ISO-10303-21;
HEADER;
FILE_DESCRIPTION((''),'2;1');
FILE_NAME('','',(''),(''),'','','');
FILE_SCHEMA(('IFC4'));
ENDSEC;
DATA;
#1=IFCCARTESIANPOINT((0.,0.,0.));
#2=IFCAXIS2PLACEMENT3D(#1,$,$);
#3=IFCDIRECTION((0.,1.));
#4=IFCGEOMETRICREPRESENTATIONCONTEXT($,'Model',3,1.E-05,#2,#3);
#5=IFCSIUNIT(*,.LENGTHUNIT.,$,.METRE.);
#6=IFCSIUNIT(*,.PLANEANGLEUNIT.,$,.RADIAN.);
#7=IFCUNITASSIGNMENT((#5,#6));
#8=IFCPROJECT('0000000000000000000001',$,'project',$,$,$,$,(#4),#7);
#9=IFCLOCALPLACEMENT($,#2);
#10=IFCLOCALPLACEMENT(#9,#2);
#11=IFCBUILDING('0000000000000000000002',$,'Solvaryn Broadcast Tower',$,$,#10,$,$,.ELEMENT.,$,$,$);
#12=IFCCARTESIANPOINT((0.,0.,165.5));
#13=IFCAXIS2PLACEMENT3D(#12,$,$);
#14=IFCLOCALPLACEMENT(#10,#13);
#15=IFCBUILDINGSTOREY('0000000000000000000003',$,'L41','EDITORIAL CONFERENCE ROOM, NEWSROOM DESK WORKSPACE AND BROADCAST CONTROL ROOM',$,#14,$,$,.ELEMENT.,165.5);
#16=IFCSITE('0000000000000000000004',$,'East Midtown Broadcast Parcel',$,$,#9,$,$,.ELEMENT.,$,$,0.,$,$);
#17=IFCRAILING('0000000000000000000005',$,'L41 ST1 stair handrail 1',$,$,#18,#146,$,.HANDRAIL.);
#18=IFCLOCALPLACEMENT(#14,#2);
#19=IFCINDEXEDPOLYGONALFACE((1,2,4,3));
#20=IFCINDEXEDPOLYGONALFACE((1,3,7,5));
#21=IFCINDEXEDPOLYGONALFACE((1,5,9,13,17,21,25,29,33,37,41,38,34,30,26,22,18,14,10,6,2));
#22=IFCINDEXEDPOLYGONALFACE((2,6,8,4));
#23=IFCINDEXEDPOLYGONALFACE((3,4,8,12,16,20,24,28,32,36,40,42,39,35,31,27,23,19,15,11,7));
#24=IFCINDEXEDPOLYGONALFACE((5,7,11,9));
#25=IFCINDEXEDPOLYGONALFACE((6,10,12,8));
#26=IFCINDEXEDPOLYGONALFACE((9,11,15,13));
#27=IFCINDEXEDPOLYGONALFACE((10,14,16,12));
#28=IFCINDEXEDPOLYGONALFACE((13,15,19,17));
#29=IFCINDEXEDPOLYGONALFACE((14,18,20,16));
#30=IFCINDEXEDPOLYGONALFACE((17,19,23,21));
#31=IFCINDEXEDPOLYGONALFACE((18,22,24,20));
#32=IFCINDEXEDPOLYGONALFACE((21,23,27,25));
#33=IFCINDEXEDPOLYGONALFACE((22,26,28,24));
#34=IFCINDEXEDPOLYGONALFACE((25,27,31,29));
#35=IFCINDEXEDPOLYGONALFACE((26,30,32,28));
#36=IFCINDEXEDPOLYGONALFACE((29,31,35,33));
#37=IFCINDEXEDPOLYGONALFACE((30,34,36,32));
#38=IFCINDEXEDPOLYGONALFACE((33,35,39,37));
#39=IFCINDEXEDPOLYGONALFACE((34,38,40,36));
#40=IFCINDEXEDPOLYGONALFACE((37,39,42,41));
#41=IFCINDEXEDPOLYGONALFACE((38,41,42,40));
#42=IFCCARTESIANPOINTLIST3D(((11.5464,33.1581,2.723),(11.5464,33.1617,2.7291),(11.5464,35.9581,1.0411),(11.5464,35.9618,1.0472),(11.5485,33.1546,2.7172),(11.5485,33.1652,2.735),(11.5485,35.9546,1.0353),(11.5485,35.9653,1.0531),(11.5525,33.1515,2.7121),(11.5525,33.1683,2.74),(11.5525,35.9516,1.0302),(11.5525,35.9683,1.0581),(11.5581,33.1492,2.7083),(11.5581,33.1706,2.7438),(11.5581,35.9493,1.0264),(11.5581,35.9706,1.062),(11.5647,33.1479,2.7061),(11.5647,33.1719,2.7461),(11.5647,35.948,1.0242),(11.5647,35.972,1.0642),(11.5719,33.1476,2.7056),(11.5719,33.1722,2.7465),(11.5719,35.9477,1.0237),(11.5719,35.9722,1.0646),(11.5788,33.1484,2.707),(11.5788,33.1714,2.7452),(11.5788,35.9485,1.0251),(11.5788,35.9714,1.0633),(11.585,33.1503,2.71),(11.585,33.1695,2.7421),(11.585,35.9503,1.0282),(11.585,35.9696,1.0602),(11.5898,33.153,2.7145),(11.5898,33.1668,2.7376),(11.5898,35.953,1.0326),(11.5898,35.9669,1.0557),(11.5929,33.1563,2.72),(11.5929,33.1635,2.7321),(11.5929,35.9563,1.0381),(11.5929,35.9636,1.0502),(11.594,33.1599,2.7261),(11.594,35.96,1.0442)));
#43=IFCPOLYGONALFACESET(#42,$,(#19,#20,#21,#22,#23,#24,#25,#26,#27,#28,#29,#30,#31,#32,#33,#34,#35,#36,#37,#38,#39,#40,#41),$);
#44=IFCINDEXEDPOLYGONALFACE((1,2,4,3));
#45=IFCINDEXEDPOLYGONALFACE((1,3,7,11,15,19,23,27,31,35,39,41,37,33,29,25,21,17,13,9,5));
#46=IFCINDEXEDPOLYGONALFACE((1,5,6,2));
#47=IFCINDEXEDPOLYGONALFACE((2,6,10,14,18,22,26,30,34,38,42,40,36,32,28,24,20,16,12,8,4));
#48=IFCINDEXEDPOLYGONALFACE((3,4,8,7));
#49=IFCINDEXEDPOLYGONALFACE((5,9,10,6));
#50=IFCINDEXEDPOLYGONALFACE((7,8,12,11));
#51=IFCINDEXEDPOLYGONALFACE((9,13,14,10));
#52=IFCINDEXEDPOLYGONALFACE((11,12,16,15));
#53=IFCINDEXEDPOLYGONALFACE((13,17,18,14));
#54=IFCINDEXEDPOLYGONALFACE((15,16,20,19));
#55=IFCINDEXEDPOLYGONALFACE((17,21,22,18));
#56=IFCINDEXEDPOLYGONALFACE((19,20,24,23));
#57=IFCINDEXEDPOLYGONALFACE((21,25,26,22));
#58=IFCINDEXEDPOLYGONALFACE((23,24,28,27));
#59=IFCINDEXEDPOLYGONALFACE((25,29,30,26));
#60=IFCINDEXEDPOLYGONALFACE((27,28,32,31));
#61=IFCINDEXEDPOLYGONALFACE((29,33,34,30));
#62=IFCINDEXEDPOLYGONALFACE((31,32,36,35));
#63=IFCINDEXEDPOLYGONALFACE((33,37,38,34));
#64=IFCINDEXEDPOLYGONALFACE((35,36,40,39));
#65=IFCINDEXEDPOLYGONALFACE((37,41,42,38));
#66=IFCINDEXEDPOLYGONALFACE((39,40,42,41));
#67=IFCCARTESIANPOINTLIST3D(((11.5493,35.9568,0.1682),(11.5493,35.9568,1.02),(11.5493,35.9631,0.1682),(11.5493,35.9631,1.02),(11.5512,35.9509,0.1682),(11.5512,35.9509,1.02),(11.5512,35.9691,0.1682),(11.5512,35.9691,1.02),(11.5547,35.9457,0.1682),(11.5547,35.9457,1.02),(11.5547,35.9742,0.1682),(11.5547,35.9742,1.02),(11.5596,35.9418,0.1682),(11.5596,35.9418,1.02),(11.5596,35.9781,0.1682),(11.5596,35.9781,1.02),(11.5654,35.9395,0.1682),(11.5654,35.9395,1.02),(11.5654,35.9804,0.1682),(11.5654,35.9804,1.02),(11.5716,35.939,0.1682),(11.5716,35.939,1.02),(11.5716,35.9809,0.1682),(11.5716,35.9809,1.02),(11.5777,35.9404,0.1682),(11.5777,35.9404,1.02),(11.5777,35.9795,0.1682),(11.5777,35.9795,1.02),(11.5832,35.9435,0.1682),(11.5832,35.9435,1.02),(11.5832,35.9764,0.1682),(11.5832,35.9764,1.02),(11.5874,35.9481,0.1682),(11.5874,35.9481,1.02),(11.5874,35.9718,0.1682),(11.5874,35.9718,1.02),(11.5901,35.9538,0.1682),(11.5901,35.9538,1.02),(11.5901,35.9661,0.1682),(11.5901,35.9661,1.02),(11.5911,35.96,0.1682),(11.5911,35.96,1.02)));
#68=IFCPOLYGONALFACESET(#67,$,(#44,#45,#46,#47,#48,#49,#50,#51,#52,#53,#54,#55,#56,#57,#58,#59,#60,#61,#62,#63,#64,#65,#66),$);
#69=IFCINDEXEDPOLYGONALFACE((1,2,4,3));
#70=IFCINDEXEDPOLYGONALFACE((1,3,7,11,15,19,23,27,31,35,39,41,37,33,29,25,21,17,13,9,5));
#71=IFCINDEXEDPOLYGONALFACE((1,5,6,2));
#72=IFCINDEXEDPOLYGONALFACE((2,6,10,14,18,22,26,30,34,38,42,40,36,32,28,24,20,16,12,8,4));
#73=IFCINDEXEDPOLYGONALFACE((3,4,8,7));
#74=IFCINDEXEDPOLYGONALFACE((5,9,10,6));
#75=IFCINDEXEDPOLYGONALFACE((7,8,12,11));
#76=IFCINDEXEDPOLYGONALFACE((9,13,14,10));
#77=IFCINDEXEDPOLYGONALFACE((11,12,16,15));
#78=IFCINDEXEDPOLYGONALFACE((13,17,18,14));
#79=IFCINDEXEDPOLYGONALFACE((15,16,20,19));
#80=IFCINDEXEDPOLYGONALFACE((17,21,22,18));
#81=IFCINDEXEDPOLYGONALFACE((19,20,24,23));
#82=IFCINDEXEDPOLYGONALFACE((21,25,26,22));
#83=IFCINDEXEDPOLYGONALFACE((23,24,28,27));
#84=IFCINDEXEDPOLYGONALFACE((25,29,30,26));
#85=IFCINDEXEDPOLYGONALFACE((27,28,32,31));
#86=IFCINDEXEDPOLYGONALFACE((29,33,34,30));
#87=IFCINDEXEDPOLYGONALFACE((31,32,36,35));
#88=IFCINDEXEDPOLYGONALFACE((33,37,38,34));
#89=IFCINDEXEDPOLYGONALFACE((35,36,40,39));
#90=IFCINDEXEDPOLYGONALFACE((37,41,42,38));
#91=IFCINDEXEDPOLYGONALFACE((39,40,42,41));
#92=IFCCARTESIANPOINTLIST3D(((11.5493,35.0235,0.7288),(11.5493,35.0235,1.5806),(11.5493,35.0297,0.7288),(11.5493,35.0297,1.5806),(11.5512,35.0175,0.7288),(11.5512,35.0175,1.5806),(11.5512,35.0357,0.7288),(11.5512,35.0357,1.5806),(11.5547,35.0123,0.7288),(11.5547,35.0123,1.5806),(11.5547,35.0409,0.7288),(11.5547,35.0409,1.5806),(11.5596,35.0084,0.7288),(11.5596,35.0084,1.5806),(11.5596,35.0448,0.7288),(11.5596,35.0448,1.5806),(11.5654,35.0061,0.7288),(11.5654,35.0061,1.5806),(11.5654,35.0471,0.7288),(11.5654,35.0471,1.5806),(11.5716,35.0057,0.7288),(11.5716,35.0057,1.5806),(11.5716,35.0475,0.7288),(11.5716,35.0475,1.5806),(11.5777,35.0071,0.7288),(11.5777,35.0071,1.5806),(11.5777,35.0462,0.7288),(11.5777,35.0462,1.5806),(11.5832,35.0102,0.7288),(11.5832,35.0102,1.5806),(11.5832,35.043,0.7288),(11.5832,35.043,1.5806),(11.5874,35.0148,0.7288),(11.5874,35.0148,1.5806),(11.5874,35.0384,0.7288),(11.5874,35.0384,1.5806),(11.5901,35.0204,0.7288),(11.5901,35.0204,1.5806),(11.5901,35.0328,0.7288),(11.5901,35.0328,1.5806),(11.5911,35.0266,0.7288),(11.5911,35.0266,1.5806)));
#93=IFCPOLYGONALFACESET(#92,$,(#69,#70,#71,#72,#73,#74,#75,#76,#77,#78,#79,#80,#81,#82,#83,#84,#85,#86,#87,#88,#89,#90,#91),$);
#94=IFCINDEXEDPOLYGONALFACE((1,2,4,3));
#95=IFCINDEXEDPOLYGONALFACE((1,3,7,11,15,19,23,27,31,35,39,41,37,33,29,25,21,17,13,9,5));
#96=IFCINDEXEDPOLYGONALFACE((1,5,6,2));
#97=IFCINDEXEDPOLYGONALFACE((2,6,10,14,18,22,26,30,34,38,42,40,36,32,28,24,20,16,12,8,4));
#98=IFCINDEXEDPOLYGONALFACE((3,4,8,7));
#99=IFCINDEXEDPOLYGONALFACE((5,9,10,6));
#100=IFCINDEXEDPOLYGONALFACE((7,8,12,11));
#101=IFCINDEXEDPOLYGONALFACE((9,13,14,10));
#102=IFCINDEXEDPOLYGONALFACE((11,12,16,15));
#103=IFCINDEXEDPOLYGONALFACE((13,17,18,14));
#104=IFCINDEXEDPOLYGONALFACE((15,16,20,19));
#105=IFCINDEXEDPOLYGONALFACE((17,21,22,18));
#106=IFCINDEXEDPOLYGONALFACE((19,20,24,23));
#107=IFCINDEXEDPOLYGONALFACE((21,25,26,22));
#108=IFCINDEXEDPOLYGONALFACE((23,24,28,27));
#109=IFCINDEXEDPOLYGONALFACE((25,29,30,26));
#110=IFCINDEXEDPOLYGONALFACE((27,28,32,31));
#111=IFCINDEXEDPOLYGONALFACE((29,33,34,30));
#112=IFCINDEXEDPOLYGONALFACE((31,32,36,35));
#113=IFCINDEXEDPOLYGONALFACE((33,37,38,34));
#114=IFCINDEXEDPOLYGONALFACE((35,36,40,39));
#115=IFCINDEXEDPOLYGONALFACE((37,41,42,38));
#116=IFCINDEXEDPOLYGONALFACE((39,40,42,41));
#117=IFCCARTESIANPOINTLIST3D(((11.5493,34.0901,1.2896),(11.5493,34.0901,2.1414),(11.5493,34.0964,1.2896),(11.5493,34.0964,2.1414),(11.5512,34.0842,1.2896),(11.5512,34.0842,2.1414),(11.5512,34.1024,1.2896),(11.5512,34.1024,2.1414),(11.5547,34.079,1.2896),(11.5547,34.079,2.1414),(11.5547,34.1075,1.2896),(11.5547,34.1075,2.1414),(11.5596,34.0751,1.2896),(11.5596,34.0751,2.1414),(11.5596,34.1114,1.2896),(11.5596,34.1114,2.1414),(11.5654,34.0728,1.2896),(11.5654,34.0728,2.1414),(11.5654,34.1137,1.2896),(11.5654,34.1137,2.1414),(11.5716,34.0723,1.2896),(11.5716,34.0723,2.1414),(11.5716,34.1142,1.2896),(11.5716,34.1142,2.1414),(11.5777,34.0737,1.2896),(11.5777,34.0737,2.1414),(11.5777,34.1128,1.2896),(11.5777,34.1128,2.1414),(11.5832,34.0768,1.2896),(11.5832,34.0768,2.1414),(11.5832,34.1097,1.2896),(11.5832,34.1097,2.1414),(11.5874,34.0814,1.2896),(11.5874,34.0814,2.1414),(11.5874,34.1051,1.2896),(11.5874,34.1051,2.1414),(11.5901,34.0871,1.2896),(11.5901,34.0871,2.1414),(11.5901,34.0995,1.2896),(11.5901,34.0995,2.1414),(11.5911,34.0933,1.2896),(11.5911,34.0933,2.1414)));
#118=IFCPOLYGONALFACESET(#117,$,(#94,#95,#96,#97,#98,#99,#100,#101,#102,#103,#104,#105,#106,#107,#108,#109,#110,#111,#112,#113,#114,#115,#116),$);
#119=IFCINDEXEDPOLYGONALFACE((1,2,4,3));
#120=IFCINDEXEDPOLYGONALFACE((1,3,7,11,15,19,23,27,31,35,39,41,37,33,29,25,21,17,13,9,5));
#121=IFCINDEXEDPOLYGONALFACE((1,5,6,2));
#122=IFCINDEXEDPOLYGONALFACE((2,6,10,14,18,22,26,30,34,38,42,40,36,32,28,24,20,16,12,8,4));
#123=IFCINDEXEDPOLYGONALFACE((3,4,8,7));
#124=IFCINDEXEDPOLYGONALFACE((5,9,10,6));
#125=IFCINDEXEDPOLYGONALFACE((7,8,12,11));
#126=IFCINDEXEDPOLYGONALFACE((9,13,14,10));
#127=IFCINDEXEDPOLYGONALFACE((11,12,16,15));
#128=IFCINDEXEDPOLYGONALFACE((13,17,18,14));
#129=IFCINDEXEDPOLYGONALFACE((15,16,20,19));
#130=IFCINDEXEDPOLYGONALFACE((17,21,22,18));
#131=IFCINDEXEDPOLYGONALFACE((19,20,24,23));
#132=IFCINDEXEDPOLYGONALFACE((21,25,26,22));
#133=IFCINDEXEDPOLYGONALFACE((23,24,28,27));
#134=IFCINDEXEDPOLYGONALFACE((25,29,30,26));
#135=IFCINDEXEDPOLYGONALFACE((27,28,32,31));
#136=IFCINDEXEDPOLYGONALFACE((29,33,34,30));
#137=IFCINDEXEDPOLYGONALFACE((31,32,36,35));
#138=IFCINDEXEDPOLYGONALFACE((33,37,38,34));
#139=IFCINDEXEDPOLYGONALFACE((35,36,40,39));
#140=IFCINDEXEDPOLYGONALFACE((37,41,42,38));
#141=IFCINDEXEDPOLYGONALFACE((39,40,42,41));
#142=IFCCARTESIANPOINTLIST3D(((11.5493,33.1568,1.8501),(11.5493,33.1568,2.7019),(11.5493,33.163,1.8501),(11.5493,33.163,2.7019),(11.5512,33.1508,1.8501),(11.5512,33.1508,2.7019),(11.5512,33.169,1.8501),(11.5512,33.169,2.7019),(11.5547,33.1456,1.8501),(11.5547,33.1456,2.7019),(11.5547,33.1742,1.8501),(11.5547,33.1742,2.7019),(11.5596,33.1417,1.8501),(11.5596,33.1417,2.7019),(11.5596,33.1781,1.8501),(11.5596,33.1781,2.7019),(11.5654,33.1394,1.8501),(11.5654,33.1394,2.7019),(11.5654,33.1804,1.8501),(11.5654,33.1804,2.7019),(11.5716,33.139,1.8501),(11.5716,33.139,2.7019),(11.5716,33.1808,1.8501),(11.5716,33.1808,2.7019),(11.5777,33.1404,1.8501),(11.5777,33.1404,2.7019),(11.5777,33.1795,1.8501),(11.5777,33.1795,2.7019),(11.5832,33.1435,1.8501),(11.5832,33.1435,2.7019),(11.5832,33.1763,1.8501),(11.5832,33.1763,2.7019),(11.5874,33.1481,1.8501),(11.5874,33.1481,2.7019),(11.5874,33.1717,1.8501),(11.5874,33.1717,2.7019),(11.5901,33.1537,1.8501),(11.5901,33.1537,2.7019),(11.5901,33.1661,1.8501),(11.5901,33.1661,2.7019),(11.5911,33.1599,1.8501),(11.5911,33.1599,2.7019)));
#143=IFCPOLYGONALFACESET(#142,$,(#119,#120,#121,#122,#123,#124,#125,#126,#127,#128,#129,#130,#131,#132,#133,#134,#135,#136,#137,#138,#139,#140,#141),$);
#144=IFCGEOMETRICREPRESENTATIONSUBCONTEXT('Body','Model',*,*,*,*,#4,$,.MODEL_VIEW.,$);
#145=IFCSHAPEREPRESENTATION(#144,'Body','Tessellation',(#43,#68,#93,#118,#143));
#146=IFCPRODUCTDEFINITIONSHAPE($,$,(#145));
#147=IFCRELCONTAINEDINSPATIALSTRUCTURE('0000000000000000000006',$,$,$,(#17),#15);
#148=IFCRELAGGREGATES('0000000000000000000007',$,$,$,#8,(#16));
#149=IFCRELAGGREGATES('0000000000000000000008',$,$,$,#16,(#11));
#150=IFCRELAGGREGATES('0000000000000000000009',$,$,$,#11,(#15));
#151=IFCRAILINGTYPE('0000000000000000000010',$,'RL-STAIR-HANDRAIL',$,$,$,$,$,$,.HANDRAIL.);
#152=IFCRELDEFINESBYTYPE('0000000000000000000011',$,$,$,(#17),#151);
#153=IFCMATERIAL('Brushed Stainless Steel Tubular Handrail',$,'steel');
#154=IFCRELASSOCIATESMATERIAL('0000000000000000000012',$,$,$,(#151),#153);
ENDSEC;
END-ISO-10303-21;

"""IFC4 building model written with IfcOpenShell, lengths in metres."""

from ifc_helpers import new_model, si_unit, direction, frame, origin, origin_2d, place, context, subcontext, project, spatial, circle, extrude, material, type_object, element, save


model = new_model("IFC4")

# Units and contexts
model_context = context("Model", 3, precision=1e-05, world=origin(), true_north=direction((0.0, 1.0)))
body_context = subcontext(model_context, "Body", "Model", "MODEL_VIEW")
ifc_project = project(units=[si_unit("LENGTHUNIT", "METRE"), si_unit("PLANEANGLEUNIT", "RADIAN")], contexts=[model_context])

# Site, building, storey
site_placement = place(None, origin())
site = spatial("IfcSite", under=ifc_project, at=site_placement, Name="East Midtown Broadcast Parcel", CompositionType="ELEMENT", RefElevation=0.0)
building_placement = place(site_placement, origin())
building = spatial("IfcBuilding", under=site, at=building_placement, Name="Solvaryn Broadcast Tower", CompositionType="ELEMENT")
storey_placement = place(building_placement, frame((0.0, 0.0, 165.5)))
storey = spatial("IfcBuildingStorey", under=building, at=storey_placement, Name="L41", Description="EDITORIAL CONFERENCE ROOM, NEWSROOM DESK WORKSPACE AND BROADCAST CONTROL ROOM", CompositionType="ELEMENT", Elevation=165.5)

# Railing
ifc_material_1 = material(Name="Brushed Stainless Steel Tubular Handrail", Category="steel")
railing_type_1 = type_object("IfcRailingType", Name="RL-STAIR-HANDRAIL", PredefinedType="HANDRAIL", material=ifc_material_1)
railing_1_placement = place(storey_placement, frame((11.5701, 35.96, 0.1682)))
element("IfcRailing", 1, at=railing_1_placement, inside=storey, type_object=railing_type_1, Name="L41 ST1 stair handrail 1", PredefinedType="HANDRAIL", context=body_context, shape_type="SweptSolid", body=[
    extrude(circle(Radius=0.0239, at=origin_2d()), frame((0.0, 0.0, 0.876), z_axis=(0.0, -0.857242, 0.514913), x_axis=(1.0, 0.0, 0.0)), (0.0, 0.0, 1.0), 3.2664),
    extrude(circle(Radius=0.021, at=origin_2d()), origin(), (0.0, 0.0, 1.0), 0.8518),
    extrude(circle(Radius=0.021, at=origin_2d()), frame((0.0, -0.9333, 0.5605)), (0.0, 0.0, 1.0), 0.8518),
    extrude(circle(Radius=0.021, at=origin_2d()), frame((0.0, -1.8667, 1.1213)), (0.0, 0.0, 1.0), 0.8518),
    extrude(circle(Radius=0.021, at=origin_2d()), frame((0.0, -2.8, 1.6819)), (0.0, 0.0, 1.0), 0.8518),
])

save(model, "model.ifc")
